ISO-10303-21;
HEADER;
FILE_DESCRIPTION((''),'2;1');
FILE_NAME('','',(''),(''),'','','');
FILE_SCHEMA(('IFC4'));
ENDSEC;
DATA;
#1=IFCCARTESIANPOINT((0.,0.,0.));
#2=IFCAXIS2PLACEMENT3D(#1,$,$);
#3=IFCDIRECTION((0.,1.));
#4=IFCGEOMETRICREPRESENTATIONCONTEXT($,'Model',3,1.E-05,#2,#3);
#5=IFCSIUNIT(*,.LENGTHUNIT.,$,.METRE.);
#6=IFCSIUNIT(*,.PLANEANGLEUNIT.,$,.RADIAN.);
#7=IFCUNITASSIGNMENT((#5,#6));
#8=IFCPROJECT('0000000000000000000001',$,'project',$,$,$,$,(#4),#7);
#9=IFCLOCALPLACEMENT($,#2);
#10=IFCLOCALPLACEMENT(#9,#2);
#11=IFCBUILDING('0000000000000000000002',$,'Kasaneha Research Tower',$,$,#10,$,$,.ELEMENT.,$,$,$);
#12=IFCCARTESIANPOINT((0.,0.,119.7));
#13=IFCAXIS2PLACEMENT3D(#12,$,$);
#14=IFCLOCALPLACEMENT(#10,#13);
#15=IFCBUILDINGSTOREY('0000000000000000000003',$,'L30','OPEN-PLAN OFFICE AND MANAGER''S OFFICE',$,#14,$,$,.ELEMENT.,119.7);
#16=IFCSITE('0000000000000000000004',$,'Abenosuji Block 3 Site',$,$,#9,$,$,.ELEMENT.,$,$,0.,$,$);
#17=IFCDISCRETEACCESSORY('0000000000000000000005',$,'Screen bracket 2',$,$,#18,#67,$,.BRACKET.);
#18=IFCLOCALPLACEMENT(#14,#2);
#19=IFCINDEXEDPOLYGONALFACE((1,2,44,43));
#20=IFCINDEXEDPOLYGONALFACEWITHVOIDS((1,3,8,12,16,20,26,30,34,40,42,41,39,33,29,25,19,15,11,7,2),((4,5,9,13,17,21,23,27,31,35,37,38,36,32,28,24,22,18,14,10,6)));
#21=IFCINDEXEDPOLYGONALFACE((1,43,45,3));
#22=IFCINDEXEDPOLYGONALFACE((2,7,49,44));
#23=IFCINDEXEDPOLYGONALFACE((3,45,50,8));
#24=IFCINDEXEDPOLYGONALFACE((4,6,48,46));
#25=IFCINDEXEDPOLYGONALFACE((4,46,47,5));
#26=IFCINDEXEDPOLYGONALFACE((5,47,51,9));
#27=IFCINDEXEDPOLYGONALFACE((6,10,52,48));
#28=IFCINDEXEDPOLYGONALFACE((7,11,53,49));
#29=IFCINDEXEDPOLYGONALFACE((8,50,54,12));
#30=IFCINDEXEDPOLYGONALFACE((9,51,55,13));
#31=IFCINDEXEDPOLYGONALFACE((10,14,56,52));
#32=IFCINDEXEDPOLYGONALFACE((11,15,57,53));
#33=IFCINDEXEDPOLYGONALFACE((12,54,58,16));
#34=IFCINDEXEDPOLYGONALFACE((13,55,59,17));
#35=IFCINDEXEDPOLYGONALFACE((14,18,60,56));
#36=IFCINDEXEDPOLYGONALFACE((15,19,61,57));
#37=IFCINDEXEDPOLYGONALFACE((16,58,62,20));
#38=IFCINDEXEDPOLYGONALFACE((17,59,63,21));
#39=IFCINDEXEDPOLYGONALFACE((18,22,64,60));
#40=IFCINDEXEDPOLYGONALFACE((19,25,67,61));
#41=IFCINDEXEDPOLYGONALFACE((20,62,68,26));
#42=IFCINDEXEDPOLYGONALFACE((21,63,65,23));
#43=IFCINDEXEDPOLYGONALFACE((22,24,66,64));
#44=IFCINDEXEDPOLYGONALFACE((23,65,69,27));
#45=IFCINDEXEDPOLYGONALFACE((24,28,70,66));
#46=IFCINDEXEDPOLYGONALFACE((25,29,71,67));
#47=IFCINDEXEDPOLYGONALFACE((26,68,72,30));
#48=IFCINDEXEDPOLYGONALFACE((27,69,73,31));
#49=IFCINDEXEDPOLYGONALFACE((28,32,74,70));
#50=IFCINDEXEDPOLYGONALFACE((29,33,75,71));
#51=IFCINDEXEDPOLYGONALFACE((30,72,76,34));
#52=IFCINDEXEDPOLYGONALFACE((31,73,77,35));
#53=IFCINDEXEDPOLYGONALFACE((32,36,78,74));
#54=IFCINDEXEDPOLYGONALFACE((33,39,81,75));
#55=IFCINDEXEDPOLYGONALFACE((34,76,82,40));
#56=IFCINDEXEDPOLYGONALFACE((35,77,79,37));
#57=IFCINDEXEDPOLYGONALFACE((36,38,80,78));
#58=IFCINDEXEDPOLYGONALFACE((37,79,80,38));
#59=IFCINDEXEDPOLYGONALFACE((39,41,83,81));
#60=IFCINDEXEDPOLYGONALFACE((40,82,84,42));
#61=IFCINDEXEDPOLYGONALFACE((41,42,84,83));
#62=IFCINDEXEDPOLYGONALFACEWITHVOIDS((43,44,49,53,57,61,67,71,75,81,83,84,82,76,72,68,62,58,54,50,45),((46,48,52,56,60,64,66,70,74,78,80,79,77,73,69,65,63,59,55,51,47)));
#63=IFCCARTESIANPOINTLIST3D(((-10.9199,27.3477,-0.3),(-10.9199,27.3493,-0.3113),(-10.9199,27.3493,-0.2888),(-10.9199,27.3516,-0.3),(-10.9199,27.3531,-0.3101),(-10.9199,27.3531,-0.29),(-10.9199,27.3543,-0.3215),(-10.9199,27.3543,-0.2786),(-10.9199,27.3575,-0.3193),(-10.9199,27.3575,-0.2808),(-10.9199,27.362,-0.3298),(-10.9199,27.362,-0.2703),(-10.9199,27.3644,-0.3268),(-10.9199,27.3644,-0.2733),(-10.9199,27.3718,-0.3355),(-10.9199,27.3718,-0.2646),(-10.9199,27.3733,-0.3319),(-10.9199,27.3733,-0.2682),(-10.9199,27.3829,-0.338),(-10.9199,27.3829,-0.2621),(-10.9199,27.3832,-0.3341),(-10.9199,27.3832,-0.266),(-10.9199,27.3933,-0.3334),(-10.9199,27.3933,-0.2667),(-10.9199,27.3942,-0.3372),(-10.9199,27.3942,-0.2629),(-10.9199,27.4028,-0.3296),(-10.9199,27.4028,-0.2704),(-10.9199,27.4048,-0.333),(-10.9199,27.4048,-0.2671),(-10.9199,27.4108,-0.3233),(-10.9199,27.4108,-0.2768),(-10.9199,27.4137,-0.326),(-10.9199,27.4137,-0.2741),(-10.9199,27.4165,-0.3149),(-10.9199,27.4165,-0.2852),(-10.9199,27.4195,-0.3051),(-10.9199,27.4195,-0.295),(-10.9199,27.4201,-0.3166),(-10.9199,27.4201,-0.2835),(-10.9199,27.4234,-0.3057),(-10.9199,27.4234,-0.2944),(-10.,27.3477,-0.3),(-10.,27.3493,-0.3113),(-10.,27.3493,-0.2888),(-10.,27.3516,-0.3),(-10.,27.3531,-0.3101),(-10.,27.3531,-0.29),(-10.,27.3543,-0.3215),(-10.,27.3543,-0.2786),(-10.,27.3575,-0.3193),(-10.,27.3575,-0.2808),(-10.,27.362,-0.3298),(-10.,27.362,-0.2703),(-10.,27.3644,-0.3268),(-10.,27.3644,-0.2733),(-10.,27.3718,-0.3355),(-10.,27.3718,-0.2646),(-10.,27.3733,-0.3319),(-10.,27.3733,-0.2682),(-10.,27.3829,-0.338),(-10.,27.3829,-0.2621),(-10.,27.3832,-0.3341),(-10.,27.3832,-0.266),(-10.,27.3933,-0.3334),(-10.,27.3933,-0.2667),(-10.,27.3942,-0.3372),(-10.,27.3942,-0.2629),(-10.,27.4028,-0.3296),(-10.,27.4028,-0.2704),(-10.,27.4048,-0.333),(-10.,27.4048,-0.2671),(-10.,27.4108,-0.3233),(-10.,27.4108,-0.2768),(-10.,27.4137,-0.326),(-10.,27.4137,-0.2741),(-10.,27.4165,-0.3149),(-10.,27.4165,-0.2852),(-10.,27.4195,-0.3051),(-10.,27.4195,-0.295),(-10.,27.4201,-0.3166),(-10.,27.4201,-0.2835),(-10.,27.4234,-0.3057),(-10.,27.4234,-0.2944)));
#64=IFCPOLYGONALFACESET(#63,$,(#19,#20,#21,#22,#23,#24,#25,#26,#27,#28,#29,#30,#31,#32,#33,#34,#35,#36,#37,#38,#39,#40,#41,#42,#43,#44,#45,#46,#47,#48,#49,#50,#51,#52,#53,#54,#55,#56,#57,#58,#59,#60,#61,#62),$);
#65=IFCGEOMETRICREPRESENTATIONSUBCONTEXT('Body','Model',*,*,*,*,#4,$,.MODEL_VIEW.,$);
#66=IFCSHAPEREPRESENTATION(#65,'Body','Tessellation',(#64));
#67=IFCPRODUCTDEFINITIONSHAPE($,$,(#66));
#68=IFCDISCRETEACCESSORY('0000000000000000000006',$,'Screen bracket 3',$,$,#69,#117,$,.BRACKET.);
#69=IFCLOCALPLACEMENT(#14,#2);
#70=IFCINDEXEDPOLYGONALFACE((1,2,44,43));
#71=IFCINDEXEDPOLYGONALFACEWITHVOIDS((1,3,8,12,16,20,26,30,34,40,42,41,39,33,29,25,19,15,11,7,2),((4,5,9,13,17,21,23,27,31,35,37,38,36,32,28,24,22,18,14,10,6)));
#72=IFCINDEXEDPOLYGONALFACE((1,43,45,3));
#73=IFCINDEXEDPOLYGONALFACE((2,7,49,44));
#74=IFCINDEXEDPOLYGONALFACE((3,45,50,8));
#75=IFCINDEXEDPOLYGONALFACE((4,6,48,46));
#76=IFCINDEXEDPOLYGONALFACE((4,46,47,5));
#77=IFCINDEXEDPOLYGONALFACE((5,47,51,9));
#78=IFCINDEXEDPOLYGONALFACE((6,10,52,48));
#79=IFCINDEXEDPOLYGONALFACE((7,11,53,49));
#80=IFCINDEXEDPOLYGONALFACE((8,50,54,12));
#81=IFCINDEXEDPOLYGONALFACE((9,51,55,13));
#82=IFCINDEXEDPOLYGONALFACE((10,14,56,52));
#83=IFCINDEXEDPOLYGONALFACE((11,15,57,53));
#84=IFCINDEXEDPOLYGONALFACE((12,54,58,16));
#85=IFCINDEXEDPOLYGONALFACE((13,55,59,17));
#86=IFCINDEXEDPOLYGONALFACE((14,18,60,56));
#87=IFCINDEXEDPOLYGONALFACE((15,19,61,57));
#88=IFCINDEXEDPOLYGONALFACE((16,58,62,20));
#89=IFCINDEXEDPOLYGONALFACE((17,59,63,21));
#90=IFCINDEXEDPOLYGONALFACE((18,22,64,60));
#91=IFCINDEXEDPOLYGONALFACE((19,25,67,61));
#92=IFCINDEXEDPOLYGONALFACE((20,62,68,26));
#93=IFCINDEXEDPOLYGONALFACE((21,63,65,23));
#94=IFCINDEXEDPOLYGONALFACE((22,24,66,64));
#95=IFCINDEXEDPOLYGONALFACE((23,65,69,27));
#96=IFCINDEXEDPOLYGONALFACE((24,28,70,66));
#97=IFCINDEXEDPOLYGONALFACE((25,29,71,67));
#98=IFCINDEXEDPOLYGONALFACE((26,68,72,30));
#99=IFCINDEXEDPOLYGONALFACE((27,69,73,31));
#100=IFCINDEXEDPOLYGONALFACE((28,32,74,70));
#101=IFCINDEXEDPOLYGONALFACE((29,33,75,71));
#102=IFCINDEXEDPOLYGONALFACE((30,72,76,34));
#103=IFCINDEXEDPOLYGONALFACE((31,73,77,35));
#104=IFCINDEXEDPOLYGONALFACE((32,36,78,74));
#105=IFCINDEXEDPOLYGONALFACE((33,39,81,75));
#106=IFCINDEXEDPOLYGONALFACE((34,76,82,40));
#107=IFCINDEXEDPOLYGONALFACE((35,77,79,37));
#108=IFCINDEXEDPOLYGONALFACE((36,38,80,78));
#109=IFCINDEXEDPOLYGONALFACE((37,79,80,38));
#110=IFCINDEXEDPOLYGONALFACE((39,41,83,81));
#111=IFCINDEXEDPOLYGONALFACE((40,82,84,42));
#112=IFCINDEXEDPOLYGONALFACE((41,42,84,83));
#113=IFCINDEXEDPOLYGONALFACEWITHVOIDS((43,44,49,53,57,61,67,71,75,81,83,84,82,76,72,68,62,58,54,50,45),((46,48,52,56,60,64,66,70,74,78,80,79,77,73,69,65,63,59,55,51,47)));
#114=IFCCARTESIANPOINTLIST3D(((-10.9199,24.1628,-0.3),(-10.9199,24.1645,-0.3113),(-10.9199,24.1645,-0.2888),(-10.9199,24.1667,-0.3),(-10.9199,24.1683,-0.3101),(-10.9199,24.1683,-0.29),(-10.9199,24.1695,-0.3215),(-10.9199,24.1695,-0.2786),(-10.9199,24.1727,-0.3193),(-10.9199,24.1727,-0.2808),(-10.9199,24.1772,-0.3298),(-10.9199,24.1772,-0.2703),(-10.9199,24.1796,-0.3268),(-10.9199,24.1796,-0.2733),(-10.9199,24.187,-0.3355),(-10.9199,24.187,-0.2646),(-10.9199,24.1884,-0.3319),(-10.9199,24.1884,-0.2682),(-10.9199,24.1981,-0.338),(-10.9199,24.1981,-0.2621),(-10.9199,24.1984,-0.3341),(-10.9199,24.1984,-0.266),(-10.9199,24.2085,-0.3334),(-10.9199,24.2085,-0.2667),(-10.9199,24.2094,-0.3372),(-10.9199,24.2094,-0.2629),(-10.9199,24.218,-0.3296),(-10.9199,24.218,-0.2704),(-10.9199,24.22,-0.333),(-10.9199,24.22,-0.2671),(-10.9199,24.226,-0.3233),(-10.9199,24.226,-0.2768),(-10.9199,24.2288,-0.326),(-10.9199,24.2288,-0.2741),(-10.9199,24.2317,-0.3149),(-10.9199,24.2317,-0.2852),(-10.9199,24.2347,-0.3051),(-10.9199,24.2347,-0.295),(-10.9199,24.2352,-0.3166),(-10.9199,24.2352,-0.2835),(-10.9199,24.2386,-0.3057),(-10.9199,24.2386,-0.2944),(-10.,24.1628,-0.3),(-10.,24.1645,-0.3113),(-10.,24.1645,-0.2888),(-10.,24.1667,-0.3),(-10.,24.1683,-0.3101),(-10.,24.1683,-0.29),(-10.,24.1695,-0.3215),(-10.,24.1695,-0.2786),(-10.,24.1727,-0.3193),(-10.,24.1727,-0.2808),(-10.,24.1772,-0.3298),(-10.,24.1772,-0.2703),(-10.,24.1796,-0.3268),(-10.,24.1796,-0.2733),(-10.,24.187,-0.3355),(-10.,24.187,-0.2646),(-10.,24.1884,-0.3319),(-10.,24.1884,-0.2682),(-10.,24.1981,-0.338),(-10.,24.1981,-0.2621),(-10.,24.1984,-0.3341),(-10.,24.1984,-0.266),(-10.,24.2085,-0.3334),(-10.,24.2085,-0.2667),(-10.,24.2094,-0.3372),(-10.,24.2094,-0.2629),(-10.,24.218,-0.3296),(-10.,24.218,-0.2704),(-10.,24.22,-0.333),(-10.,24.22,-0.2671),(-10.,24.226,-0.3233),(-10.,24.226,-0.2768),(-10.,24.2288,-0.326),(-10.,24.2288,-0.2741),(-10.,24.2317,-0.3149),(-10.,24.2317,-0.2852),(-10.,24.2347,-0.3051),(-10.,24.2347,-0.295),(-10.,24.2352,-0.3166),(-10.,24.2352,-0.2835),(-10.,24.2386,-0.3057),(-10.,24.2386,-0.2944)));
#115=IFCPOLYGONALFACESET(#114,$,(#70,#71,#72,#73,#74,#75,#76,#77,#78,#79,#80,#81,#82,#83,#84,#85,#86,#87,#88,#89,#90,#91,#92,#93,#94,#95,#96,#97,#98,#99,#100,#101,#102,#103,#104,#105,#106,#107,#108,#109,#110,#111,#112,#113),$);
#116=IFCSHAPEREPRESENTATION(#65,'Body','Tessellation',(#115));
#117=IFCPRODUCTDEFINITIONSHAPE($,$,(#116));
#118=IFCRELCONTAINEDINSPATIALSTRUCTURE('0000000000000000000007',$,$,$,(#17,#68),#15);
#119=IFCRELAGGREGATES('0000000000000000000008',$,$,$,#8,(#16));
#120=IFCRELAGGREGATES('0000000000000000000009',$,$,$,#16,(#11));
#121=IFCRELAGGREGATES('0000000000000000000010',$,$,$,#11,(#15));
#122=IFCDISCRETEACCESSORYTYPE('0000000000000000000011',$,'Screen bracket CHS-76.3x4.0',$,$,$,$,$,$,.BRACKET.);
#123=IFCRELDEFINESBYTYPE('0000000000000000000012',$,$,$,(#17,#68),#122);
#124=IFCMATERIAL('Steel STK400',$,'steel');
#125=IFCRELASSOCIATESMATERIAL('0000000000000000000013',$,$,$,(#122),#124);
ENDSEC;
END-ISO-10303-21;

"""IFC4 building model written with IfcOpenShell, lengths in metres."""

from ifc_helpers import new_model, si_unit, direction, frame, origin, origin_2d, place, context, subcontext, project, spatial, hollow_circle, extrude, material, material_profile, profile_set, type_object, element, save


model = new_model("IFC4")

# Units and contexts
model_context = context("Model", 3, precision=1e-05, world=origin(), true_north=direction((0.0, 1.0)))
body_context = subcontext(model_context, "Body", "Model", "MODEL_VIEW")
ifc_project = project(units=[si_unit("LENGTHUNIT", "METRE"), si_unit("PLANEANGLEUNIT", "RADIAN")], contexts=[model_context])

# Site, building, storey
site_placement = place(None, origin())
site = spatial("IfcSite", under=ifc_project, at=site_placement, Name="Abenosuji Block 3 Site", CompositionType="ELEMENT", RefElevation=0.0)
building_placement = place(site_placement, origin())
building = spatial("IfcBuilding", under=site, at=building_placement, Name="Kasaneha Research Tower", CompositionType="ELEMENT")
storey_placement = place(building_placement, frame((0.0, 0.0, 119.7)))
storey = spatial("IfcBuildingStorey", under=building, at=storey_placement, Name="L30", Description="OPEN-PLAN OFFICE AND MANAGER'S OFFICE", CompositionType="ELEMENT", Elevation=119.7)

# Discrete accessories
ifc_material_1 = material(Name="Steel STK400", Category="steel")
ifc_material_profile_1 = material_profile(ifc_material_1, hollow_circle(Radius=0.0381, WallThickness=0.0039, at=origin_2d()), Name="CHS-76.3x4.0")
ifc_profile_set_1 = profile_set([ifc_material_profile_1], Name="Steel STK400")
discrete_accessory_type = type_object("IfcDiscreteAccessoryType", Name="Screen bracket CHS-76.3x4.0", PredefinedType="BRACKET", material=ifc_profile_set_1)
for number, where, z_axis, x_axis, name in (
    (1, (-10.0, 27.3857, -0.3), (-1.0, 0.0, 0.0), (0.0, -1.0, 0.0), "Screen bracket 2"),
    (2, (-10.0, 24.2009, -0.3), (-1.0, 0.0, 0.0), (0.0, -1.0, 0.0), "Screen bracket 3"),
):
    element("IfcDiscreteAccessory", number, at=place(storey_placement, frame(where, z_axis=z_axis, x_axis=x_axis)), inside=storey, type_object=discrete_accessory_type, Name=name, PredefinedType="BRACKET", context=body_context, shape_type="SweptSolid", body=[
        extrude(hollow_circle(Radius=0.0381, WallThickness=0.0039, at=origin_2d()), origin(), (0.0, 0.0, 1.0), 0.9199),
    ])

save(model, "model.ifc")
